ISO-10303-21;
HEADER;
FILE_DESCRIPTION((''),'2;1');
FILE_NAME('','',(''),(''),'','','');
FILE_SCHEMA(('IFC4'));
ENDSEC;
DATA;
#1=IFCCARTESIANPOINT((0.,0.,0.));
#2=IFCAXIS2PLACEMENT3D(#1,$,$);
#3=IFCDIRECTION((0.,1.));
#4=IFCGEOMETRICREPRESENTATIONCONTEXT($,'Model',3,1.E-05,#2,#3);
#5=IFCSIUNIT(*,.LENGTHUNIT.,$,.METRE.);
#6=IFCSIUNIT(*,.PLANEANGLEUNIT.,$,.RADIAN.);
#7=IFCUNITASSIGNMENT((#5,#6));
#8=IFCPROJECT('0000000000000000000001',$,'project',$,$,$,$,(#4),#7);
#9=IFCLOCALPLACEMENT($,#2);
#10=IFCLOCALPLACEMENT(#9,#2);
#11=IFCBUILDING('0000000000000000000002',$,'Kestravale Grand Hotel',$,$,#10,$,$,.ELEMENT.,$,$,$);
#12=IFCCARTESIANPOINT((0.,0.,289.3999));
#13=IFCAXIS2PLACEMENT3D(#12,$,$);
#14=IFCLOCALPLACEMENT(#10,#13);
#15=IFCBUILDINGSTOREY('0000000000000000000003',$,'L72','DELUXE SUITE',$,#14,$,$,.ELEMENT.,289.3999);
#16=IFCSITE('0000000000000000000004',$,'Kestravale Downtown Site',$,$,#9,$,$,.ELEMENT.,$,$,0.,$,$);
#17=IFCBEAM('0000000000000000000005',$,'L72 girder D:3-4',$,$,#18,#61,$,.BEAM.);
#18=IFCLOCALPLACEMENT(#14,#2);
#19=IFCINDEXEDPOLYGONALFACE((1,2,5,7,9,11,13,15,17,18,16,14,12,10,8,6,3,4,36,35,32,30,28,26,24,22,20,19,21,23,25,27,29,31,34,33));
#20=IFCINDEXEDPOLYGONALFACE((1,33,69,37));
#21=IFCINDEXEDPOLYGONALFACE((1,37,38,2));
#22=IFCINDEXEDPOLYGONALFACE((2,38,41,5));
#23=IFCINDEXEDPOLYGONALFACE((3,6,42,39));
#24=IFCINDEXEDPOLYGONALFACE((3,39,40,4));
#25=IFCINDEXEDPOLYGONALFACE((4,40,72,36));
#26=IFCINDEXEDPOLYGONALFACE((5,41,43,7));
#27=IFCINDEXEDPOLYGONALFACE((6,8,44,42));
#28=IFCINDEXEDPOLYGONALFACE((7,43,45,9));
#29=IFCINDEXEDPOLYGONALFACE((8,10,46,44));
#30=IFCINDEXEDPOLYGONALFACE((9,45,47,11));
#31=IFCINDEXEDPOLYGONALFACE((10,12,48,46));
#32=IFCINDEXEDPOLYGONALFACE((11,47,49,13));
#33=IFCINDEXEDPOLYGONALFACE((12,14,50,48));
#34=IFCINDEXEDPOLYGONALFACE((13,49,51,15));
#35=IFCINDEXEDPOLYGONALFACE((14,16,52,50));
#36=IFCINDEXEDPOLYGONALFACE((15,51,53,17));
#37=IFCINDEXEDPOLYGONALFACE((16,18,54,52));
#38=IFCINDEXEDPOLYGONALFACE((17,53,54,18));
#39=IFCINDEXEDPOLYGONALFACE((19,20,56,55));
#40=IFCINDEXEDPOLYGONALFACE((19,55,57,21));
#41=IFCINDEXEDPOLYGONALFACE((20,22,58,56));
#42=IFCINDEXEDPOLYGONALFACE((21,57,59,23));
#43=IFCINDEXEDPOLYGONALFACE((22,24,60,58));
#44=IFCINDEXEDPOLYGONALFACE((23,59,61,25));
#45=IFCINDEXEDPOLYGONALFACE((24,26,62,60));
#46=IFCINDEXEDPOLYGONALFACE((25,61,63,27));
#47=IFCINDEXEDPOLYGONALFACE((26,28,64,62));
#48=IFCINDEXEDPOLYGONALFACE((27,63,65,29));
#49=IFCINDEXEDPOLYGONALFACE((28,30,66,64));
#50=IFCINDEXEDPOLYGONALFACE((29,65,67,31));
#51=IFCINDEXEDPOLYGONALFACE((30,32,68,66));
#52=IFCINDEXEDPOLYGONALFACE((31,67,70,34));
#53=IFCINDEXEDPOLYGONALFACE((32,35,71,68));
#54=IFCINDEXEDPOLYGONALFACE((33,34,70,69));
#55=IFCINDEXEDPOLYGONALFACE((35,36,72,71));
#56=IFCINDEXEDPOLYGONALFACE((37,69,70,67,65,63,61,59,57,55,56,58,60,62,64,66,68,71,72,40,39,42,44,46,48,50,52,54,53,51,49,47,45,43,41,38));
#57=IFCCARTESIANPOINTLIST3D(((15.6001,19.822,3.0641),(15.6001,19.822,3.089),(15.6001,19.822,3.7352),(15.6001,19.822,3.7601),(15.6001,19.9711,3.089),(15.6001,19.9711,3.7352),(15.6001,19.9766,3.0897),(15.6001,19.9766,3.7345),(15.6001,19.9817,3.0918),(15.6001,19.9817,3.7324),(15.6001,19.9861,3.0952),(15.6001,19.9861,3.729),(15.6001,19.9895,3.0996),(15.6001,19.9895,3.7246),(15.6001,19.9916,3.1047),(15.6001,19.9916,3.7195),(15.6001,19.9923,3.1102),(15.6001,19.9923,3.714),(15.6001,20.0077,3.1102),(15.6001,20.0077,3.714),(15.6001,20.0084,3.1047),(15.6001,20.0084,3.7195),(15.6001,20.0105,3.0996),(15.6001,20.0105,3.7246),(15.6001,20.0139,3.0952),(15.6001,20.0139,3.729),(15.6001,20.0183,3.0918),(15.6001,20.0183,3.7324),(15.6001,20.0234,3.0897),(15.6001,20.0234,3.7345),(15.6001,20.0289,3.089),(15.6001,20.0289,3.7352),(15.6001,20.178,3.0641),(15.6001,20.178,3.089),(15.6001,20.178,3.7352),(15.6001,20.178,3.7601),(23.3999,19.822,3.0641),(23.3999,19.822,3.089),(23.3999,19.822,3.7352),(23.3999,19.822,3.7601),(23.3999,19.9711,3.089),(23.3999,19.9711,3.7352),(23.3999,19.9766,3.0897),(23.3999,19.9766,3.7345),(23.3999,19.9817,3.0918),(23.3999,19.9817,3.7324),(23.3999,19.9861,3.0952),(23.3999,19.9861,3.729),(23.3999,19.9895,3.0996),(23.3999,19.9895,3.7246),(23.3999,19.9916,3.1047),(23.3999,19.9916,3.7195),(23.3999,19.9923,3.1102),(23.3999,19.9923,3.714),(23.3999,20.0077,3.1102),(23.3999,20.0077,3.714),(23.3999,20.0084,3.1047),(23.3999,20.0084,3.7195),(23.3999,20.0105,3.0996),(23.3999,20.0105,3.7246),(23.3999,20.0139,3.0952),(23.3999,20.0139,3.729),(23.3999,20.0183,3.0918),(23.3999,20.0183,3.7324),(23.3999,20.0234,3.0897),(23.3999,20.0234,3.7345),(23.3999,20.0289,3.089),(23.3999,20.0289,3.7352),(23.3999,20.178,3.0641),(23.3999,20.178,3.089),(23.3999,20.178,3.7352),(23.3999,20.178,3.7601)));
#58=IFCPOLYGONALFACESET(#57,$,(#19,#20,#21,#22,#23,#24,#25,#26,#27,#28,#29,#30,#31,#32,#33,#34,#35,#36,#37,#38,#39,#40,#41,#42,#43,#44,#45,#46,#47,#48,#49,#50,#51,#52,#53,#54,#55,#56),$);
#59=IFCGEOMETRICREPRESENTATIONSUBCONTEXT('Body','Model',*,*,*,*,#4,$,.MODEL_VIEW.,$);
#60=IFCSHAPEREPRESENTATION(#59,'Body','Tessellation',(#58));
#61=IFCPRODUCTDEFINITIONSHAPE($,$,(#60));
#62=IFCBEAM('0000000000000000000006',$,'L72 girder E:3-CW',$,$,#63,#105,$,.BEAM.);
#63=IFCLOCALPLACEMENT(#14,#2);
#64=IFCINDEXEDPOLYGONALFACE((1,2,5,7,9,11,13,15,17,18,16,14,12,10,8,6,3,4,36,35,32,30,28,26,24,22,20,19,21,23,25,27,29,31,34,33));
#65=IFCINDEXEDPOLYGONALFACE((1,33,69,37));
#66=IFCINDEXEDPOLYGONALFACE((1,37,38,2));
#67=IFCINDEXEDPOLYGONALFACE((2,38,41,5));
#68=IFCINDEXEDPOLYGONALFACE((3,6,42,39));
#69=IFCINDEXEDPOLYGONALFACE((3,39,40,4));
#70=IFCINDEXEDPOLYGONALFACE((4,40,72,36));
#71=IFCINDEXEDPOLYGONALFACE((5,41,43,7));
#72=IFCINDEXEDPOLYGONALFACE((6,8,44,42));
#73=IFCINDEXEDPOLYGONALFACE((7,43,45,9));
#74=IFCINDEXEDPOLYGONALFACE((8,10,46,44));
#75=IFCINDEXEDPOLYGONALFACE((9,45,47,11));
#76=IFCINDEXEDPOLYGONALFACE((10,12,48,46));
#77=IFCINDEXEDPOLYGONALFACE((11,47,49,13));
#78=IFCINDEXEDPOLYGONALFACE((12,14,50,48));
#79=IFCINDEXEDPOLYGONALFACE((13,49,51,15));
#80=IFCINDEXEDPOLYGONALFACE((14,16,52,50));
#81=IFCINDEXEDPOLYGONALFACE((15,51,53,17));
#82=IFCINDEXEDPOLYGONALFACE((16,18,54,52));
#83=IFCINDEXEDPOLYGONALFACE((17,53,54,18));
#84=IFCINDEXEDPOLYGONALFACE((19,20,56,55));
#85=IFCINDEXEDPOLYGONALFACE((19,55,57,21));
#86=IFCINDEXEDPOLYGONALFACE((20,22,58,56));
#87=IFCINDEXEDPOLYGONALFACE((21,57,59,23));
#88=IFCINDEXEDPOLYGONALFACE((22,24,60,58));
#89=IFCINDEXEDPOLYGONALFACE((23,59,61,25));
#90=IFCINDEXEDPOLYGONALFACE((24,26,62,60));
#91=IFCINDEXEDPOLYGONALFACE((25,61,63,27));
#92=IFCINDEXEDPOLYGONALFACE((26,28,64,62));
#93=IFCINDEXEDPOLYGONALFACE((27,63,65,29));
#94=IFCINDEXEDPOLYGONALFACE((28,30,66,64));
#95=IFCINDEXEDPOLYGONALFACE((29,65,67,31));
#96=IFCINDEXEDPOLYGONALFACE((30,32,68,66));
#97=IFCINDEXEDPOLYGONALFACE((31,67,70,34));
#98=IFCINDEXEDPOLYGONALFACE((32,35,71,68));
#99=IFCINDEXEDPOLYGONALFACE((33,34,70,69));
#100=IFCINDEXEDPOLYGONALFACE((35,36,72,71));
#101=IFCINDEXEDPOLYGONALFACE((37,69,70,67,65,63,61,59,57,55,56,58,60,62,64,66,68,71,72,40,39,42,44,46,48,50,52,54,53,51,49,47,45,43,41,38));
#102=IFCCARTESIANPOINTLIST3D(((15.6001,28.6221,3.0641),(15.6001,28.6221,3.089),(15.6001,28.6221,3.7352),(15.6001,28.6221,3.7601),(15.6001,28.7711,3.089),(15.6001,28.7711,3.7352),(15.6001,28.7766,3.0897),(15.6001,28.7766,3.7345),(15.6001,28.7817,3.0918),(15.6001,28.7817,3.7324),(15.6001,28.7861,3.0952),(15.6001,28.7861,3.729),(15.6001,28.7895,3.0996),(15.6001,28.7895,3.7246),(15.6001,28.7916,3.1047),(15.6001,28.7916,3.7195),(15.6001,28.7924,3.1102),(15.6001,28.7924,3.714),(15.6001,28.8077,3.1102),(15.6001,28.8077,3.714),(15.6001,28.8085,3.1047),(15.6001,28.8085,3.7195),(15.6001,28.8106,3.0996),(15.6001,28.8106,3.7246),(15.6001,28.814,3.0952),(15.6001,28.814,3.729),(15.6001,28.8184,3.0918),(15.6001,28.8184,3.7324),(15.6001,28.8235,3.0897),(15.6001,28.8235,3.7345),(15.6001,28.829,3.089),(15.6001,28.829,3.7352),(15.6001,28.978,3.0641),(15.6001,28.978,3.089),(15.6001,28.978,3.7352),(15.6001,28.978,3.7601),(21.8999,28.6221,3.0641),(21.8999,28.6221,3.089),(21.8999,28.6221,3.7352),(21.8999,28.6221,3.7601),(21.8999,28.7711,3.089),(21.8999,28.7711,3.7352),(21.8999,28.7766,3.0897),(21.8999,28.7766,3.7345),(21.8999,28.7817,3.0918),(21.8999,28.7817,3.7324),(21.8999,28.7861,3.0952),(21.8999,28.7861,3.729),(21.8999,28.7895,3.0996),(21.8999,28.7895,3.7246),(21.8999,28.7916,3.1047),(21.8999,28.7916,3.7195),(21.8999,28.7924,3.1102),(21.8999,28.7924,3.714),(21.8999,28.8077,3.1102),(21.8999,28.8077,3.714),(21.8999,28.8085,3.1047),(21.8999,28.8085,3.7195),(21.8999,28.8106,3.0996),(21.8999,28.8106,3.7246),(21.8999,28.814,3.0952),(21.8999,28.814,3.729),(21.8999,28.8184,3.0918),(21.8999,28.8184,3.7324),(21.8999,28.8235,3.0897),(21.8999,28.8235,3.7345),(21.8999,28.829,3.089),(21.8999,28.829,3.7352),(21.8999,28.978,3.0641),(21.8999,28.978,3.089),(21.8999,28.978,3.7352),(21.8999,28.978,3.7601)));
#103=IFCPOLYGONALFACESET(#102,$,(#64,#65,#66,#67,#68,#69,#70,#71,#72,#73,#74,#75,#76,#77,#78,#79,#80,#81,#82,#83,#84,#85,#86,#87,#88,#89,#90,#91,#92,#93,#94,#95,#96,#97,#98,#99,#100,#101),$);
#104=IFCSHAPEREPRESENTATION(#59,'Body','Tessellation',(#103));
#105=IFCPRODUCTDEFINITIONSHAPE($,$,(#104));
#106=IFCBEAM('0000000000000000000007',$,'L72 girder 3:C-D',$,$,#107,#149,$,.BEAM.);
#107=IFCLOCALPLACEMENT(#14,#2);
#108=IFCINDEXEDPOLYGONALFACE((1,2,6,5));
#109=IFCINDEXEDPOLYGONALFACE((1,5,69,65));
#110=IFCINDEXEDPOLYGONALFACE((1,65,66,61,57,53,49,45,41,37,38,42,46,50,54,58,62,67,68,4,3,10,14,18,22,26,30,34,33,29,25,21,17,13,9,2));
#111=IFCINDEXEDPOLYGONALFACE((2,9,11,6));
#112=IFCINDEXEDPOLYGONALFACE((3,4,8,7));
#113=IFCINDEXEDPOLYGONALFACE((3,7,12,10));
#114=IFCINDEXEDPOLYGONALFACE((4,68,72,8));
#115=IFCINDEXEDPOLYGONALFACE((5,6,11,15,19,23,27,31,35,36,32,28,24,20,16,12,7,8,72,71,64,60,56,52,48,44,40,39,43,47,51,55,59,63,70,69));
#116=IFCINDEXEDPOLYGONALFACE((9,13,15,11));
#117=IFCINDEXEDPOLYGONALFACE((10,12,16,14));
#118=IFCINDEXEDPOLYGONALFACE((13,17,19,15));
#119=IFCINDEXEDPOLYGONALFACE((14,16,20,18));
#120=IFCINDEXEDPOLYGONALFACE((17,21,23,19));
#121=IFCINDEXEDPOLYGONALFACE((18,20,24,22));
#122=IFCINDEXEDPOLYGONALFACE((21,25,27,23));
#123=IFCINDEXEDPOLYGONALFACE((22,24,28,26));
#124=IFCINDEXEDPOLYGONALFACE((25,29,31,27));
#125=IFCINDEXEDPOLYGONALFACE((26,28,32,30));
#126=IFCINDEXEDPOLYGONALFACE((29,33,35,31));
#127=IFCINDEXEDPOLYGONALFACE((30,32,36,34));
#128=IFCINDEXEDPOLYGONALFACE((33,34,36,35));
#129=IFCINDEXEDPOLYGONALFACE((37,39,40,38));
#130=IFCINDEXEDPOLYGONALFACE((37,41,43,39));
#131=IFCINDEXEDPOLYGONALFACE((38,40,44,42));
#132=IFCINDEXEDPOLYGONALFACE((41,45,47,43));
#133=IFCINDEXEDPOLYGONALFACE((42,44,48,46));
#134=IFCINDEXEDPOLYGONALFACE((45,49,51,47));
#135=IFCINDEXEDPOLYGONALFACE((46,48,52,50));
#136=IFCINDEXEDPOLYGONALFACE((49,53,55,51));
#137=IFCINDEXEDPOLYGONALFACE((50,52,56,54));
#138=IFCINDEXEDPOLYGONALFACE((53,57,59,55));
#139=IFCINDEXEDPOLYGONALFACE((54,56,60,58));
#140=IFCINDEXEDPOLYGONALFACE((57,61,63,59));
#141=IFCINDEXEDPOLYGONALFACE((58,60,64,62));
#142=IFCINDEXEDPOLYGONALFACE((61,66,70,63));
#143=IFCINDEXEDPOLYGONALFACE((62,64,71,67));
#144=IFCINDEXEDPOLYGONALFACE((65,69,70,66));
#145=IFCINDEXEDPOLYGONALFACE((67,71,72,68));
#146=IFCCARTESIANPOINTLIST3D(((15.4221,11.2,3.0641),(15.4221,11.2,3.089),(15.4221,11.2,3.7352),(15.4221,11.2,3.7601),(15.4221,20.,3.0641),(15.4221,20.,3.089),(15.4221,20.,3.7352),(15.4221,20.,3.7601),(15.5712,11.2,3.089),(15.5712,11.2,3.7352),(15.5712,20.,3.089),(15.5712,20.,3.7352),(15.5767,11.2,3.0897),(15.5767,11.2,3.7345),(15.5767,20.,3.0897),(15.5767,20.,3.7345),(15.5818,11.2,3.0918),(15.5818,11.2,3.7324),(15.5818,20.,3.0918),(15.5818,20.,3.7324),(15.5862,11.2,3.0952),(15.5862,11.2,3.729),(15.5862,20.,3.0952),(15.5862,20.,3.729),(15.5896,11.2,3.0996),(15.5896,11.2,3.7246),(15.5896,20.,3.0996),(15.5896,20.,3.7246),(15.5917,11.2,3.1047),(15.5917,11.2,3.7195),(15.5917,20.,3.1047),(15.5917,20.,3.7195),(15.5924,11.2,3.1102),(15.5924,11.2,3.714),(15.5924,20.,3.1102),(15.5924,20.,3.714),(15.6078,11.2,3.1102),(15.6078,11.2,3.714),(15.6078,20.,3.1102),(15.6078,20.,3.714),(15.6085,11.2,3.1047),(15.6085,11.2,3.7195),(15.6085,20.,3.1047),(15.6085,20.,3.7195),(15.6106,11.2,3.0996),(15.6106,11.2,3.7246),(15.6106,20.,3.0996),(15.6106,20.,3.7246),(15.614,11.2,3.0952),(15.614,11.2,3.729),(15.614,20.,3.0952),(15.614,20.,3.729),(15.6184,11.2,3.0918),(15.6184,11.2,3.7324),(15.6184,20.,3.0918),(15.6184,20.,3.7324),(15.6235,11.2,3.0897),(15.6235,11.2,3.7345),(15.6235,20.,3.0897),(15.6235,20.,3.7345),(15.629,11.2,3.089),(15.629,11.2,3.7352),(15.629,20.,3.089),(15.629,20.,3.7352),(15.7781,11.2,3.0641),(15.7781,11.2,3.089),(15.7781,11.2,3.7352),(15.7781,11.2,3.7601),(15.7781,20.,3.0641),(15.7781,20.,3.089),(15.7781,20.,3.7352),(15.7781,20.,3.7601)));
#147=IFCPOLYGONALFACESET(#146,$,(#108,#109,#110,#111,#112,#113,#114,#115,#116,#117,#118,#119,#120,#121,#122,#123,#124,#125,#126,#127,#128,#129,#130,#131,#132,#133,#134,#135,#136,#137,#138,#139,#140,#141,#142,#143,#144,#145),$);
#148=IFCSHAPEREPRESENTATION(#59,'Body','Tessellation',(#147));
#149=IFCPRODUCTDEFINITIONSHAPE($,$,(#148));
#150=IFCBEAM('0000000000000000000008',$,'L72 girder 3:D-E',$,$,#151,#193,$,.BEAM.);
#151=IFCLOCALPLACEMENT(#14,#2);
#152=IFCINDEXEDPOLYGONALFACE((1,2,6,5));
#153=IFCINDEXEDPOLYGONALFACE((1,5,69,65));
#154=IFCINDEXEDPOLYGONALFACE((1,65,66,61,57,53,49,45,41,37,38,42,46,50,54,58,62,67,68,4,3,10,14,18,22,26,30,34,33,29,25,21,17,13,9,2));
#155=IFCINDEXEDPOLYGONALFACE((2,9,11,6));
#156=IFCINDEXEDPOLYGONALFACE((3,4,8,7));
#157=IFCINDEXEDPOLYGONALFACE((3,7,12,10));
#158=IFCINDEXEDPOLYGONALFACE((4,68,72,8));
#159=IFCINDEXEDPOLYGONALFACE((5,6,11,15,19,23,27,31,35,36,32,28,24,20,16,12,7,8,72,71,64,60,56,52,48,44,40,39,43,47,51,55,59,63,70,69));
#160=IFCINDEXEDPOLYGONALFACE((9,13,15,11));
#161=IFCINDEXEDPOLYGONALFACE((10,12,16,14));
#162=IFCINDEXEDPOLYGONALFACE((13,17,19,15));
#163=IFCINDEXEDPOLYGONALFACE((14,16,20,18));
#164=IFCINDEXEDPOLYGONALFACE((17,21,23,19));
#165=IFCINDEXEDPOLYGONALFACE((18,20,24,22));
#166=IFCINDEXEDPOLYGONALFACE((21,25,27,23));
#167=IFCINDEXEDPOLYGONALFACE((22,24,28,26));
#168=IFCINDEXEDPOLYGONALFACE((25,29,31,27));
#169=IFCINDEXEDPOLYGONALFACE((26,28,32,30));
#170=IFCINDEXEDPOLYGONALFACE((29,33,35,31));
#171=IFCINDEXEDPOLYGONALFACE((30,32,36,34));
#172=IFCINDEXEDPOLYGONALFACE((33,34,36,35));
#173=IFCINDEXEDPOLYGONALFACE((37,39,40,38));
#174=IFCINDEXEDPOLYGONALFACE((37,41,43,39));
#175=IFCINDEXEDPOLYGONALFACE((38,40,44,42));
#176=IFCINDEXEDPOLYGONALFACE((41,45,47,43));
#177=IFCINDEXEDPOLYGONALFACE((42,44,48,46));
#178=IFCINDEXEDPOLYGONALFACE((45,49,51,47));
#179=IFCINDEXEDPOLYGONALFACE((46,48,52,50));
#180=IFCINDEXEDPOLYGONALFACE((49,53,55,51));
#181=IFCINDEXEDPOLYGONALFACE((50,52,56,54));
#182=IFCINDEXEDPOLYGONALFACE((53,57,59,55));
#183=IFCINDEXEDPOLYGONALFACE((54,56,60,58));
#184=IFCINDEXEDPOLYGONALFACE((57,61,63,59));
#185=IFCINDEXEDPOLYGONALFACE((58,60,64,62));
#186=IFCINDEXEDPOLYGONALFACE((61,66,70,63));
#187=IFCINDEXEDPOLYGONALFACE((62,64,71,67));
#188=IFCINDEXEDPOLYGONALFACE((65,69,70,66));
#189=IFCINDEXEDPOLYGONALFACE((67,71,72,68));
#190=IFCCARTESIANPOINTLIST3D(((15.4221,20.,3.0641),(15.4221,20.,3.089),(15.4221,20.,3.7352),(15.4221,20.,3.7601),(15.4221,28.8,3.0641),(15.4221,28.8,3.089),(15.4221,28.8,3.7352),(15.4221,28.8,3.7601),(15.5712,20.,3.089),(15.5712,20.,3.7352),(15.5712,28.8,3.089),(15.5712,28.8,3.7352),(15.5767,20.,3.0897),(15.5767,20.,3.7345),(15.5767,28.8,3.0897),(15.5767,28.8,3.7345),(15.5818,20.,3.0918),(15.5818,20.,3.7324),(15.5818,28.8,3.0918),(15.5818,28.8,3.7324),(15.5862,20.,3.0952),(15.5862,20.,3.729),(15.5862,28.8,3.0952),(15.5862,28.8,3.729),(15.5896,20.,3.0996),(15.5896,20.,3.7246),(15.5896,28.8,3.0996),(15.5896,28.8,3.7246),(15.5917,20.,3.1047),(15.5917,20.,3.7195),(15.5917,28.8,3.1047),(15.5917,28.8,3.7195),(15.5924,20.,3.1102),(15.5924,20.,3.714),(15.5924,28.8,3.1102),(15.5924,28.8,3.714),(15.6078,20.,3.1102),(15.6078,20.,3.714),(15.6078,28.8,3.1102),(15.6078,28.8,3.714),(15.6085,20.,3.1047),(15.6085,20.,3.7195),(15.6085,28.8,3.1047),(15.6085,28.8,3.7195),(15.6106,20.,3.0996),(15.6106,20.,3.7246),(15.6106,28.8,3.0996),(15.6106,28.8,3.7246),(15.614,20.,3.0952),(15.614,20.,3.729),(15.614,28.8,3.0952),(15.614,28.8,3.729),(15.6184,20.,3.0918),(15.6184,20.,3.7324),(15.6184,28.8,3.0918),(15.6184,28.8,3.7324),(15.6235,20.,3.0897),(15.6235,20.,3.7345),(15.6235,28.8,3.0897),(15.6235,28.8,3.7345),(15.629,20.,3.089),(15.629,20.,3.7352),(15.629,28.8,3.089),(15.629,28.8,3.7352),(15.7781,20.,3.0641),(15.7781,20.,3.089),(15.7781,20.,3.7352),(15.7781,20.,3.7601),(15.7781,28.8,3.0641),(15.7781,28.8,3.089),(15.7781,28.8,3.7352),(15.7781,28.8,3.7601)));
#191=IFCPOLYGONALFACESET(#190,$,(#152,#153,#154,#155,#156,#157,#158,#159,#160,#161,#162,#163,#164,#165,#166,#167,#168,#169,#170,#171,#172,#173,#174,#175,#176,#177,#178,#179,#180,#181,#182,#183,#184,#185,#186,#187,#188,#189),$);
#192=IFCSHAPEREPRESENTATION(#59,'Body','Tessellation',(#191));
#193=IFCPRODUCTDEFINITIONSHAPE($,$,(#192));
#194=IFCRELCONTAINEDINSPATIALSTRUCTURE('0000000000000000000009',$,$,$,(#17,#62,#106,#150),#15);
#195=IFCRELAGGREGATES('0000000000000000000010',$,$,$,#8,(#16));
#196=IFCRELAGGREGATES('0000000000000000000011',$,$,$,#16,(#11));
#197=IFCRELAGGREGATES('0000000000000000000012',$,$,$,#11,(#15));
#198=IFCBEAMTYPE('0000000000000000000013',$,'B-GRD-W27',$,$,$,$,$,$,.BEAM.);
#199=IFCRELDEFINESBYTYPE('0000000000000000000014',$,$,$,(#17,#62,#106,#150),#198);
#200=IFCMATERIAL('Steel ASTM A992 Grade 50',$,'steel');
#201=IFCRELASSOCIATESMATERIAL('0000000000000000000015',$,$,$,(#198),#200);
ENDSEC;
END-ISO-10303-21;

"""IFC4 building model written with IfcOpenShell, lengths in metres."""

from ifc_helpers import new_model, si_unit, direction, frame, origin, origin_2d, place, context, subcontext, project, spatial, i_section, extrude, material, material_profile, profile_set, type_object, element, save


model = new_model("IFC4")

# Units and contexts
model_context = context("Model", 3, precision=1e-05, world=origin(), true_north=direction((0.0, 1.0)))
body_context = subcontext(model_context, "Body", "Model", "MODEL_VIEW")
ifc_project = project(units=[si_unit("LENGTHUNIT", "METRE"), si_unit("PLANEANGLEUNIT", "RADIAN")], contexts=[model_context])

# Site, building, storey
site_placement = place(None, origin())
site = spatial("IfcSite", under=ifc_project, at=site_placement, Name="Kestravale Downtown Site", CompositionType="ELEMENT", RefElevation=0.0)
building_placement = place(site_placement, origin())
building = spatial("IfcBuilding", under=site, at=building_placement, Name="Kestravale Grand Hotel", CompositionType="ELEMENT")
storey_placement = place(building_placement, frame((0.0, 0.0, 289.3999)))
storey = spatial("IfcBuildingStorey", under=building, at=storey_placement, Name="L72", Description="DELUXE SUITE", CompositionType="ELEMENT", Elevation=289.3999)

# Beams
ifc_material_1 = material(Name="Steel ASTM A992 Grade 50", Category="steel")
ifc_material_profile_1 = material_profile(ifc_material_1, i_section(OverallWidth=0.356, OverallDepth=0.696, WebThickness=0.0154, FlangeThickness=0.0249, FilletRadius=0.0212, at=origin_2d()))
ifc_profile_set_1 = profile_set([ifc_material_profile_1], Name="Steel ASTM A992 Grade 50")
beam_type_1 = type_object("IfcBeamType", Name="B-GRD-W27", PredefinedType="BEAM", material=ifc_profile_set_1)
for number, where, z_axis, x_axis, name in (
    (1, (15.6001, 20.0, 3.4121), (1.0, 0.0, 0.0), (0.0, 1.0, 0.0), "L72 girder D:3-4"),
):
    element("IfcBeam", number, at=place(storey_placement, frame(where, z_axis=z_axis, x_axis=x_axis)), inside=storey, type_object=beam_type_1, Name=name, PredefinedType="BEAM", context=body_context, shape_type="SweptSolid", body=[
        extrude(i_section(OverallWidth=0.356, OverallDepth=0.696, WebThickness=0.0154, FlangeThickness=0.0249, FilletRadius=0.0212, at=origin_2d()), origin(), (0.0, 0.0, 1.0), 7.7998),
    ])
beam_1_placement = place(storey_placement, frame((15.6001, 28.8, 3.4121), z_axis=(1.0, 0.0, 0.0), x_axis=(0.0, 1.0, 0.0)))
element("IfcBeam", 2, at=beam_1_placement, inside=storey, type_object=beam_type_1, Name="L72 girder E:3-CW", PredefinedType="BEAM", context=body_context, shape_type="SweptSolid", body=[
    extrude(i_section(OverallWidth=0.356, OverallDepth=0.696, WebThickness=0.0154, FlangeThickness=0.0249, FilletRadius=0.0212, at=origin_2d()), origin(), (0.0, 0.0, 1.0), 6.2998),
])
for number, where, z_axis, x_axis, name in (
    (3, (15.6001, 11.2, 3.4121), (0.0, 1.0, 0.0), (-1.0, 0.0, 0.0), "L72 girder 3:C-D"),
    (4, (15.6001, 20.0, 3.4121), (0.0, 1.0, 0.0), (-1.0, 0.0, 0.0), "L72 girder 3:D-E"),
):
    element("IfcBeam", number, at=place(storey_placement, frame(where, z_axis=z_axis, x_axis=x_axis)), inside=storey, type_object=beam_type_1, Name=name, PredefinedType="BEAM", context=body_context, shape_type="SweptSolid", body=[
        extrude(i_section(OverallWidth=0.356, OverallDepth=0.696, WebThickness=0.0154, FlangeThickness=0.0249, FilletRadius=0.0212, at=origin_2d()), origin(), (0.0, 0.0, 1.0), 8.8),
    ])

save(model, "model.ifc")
